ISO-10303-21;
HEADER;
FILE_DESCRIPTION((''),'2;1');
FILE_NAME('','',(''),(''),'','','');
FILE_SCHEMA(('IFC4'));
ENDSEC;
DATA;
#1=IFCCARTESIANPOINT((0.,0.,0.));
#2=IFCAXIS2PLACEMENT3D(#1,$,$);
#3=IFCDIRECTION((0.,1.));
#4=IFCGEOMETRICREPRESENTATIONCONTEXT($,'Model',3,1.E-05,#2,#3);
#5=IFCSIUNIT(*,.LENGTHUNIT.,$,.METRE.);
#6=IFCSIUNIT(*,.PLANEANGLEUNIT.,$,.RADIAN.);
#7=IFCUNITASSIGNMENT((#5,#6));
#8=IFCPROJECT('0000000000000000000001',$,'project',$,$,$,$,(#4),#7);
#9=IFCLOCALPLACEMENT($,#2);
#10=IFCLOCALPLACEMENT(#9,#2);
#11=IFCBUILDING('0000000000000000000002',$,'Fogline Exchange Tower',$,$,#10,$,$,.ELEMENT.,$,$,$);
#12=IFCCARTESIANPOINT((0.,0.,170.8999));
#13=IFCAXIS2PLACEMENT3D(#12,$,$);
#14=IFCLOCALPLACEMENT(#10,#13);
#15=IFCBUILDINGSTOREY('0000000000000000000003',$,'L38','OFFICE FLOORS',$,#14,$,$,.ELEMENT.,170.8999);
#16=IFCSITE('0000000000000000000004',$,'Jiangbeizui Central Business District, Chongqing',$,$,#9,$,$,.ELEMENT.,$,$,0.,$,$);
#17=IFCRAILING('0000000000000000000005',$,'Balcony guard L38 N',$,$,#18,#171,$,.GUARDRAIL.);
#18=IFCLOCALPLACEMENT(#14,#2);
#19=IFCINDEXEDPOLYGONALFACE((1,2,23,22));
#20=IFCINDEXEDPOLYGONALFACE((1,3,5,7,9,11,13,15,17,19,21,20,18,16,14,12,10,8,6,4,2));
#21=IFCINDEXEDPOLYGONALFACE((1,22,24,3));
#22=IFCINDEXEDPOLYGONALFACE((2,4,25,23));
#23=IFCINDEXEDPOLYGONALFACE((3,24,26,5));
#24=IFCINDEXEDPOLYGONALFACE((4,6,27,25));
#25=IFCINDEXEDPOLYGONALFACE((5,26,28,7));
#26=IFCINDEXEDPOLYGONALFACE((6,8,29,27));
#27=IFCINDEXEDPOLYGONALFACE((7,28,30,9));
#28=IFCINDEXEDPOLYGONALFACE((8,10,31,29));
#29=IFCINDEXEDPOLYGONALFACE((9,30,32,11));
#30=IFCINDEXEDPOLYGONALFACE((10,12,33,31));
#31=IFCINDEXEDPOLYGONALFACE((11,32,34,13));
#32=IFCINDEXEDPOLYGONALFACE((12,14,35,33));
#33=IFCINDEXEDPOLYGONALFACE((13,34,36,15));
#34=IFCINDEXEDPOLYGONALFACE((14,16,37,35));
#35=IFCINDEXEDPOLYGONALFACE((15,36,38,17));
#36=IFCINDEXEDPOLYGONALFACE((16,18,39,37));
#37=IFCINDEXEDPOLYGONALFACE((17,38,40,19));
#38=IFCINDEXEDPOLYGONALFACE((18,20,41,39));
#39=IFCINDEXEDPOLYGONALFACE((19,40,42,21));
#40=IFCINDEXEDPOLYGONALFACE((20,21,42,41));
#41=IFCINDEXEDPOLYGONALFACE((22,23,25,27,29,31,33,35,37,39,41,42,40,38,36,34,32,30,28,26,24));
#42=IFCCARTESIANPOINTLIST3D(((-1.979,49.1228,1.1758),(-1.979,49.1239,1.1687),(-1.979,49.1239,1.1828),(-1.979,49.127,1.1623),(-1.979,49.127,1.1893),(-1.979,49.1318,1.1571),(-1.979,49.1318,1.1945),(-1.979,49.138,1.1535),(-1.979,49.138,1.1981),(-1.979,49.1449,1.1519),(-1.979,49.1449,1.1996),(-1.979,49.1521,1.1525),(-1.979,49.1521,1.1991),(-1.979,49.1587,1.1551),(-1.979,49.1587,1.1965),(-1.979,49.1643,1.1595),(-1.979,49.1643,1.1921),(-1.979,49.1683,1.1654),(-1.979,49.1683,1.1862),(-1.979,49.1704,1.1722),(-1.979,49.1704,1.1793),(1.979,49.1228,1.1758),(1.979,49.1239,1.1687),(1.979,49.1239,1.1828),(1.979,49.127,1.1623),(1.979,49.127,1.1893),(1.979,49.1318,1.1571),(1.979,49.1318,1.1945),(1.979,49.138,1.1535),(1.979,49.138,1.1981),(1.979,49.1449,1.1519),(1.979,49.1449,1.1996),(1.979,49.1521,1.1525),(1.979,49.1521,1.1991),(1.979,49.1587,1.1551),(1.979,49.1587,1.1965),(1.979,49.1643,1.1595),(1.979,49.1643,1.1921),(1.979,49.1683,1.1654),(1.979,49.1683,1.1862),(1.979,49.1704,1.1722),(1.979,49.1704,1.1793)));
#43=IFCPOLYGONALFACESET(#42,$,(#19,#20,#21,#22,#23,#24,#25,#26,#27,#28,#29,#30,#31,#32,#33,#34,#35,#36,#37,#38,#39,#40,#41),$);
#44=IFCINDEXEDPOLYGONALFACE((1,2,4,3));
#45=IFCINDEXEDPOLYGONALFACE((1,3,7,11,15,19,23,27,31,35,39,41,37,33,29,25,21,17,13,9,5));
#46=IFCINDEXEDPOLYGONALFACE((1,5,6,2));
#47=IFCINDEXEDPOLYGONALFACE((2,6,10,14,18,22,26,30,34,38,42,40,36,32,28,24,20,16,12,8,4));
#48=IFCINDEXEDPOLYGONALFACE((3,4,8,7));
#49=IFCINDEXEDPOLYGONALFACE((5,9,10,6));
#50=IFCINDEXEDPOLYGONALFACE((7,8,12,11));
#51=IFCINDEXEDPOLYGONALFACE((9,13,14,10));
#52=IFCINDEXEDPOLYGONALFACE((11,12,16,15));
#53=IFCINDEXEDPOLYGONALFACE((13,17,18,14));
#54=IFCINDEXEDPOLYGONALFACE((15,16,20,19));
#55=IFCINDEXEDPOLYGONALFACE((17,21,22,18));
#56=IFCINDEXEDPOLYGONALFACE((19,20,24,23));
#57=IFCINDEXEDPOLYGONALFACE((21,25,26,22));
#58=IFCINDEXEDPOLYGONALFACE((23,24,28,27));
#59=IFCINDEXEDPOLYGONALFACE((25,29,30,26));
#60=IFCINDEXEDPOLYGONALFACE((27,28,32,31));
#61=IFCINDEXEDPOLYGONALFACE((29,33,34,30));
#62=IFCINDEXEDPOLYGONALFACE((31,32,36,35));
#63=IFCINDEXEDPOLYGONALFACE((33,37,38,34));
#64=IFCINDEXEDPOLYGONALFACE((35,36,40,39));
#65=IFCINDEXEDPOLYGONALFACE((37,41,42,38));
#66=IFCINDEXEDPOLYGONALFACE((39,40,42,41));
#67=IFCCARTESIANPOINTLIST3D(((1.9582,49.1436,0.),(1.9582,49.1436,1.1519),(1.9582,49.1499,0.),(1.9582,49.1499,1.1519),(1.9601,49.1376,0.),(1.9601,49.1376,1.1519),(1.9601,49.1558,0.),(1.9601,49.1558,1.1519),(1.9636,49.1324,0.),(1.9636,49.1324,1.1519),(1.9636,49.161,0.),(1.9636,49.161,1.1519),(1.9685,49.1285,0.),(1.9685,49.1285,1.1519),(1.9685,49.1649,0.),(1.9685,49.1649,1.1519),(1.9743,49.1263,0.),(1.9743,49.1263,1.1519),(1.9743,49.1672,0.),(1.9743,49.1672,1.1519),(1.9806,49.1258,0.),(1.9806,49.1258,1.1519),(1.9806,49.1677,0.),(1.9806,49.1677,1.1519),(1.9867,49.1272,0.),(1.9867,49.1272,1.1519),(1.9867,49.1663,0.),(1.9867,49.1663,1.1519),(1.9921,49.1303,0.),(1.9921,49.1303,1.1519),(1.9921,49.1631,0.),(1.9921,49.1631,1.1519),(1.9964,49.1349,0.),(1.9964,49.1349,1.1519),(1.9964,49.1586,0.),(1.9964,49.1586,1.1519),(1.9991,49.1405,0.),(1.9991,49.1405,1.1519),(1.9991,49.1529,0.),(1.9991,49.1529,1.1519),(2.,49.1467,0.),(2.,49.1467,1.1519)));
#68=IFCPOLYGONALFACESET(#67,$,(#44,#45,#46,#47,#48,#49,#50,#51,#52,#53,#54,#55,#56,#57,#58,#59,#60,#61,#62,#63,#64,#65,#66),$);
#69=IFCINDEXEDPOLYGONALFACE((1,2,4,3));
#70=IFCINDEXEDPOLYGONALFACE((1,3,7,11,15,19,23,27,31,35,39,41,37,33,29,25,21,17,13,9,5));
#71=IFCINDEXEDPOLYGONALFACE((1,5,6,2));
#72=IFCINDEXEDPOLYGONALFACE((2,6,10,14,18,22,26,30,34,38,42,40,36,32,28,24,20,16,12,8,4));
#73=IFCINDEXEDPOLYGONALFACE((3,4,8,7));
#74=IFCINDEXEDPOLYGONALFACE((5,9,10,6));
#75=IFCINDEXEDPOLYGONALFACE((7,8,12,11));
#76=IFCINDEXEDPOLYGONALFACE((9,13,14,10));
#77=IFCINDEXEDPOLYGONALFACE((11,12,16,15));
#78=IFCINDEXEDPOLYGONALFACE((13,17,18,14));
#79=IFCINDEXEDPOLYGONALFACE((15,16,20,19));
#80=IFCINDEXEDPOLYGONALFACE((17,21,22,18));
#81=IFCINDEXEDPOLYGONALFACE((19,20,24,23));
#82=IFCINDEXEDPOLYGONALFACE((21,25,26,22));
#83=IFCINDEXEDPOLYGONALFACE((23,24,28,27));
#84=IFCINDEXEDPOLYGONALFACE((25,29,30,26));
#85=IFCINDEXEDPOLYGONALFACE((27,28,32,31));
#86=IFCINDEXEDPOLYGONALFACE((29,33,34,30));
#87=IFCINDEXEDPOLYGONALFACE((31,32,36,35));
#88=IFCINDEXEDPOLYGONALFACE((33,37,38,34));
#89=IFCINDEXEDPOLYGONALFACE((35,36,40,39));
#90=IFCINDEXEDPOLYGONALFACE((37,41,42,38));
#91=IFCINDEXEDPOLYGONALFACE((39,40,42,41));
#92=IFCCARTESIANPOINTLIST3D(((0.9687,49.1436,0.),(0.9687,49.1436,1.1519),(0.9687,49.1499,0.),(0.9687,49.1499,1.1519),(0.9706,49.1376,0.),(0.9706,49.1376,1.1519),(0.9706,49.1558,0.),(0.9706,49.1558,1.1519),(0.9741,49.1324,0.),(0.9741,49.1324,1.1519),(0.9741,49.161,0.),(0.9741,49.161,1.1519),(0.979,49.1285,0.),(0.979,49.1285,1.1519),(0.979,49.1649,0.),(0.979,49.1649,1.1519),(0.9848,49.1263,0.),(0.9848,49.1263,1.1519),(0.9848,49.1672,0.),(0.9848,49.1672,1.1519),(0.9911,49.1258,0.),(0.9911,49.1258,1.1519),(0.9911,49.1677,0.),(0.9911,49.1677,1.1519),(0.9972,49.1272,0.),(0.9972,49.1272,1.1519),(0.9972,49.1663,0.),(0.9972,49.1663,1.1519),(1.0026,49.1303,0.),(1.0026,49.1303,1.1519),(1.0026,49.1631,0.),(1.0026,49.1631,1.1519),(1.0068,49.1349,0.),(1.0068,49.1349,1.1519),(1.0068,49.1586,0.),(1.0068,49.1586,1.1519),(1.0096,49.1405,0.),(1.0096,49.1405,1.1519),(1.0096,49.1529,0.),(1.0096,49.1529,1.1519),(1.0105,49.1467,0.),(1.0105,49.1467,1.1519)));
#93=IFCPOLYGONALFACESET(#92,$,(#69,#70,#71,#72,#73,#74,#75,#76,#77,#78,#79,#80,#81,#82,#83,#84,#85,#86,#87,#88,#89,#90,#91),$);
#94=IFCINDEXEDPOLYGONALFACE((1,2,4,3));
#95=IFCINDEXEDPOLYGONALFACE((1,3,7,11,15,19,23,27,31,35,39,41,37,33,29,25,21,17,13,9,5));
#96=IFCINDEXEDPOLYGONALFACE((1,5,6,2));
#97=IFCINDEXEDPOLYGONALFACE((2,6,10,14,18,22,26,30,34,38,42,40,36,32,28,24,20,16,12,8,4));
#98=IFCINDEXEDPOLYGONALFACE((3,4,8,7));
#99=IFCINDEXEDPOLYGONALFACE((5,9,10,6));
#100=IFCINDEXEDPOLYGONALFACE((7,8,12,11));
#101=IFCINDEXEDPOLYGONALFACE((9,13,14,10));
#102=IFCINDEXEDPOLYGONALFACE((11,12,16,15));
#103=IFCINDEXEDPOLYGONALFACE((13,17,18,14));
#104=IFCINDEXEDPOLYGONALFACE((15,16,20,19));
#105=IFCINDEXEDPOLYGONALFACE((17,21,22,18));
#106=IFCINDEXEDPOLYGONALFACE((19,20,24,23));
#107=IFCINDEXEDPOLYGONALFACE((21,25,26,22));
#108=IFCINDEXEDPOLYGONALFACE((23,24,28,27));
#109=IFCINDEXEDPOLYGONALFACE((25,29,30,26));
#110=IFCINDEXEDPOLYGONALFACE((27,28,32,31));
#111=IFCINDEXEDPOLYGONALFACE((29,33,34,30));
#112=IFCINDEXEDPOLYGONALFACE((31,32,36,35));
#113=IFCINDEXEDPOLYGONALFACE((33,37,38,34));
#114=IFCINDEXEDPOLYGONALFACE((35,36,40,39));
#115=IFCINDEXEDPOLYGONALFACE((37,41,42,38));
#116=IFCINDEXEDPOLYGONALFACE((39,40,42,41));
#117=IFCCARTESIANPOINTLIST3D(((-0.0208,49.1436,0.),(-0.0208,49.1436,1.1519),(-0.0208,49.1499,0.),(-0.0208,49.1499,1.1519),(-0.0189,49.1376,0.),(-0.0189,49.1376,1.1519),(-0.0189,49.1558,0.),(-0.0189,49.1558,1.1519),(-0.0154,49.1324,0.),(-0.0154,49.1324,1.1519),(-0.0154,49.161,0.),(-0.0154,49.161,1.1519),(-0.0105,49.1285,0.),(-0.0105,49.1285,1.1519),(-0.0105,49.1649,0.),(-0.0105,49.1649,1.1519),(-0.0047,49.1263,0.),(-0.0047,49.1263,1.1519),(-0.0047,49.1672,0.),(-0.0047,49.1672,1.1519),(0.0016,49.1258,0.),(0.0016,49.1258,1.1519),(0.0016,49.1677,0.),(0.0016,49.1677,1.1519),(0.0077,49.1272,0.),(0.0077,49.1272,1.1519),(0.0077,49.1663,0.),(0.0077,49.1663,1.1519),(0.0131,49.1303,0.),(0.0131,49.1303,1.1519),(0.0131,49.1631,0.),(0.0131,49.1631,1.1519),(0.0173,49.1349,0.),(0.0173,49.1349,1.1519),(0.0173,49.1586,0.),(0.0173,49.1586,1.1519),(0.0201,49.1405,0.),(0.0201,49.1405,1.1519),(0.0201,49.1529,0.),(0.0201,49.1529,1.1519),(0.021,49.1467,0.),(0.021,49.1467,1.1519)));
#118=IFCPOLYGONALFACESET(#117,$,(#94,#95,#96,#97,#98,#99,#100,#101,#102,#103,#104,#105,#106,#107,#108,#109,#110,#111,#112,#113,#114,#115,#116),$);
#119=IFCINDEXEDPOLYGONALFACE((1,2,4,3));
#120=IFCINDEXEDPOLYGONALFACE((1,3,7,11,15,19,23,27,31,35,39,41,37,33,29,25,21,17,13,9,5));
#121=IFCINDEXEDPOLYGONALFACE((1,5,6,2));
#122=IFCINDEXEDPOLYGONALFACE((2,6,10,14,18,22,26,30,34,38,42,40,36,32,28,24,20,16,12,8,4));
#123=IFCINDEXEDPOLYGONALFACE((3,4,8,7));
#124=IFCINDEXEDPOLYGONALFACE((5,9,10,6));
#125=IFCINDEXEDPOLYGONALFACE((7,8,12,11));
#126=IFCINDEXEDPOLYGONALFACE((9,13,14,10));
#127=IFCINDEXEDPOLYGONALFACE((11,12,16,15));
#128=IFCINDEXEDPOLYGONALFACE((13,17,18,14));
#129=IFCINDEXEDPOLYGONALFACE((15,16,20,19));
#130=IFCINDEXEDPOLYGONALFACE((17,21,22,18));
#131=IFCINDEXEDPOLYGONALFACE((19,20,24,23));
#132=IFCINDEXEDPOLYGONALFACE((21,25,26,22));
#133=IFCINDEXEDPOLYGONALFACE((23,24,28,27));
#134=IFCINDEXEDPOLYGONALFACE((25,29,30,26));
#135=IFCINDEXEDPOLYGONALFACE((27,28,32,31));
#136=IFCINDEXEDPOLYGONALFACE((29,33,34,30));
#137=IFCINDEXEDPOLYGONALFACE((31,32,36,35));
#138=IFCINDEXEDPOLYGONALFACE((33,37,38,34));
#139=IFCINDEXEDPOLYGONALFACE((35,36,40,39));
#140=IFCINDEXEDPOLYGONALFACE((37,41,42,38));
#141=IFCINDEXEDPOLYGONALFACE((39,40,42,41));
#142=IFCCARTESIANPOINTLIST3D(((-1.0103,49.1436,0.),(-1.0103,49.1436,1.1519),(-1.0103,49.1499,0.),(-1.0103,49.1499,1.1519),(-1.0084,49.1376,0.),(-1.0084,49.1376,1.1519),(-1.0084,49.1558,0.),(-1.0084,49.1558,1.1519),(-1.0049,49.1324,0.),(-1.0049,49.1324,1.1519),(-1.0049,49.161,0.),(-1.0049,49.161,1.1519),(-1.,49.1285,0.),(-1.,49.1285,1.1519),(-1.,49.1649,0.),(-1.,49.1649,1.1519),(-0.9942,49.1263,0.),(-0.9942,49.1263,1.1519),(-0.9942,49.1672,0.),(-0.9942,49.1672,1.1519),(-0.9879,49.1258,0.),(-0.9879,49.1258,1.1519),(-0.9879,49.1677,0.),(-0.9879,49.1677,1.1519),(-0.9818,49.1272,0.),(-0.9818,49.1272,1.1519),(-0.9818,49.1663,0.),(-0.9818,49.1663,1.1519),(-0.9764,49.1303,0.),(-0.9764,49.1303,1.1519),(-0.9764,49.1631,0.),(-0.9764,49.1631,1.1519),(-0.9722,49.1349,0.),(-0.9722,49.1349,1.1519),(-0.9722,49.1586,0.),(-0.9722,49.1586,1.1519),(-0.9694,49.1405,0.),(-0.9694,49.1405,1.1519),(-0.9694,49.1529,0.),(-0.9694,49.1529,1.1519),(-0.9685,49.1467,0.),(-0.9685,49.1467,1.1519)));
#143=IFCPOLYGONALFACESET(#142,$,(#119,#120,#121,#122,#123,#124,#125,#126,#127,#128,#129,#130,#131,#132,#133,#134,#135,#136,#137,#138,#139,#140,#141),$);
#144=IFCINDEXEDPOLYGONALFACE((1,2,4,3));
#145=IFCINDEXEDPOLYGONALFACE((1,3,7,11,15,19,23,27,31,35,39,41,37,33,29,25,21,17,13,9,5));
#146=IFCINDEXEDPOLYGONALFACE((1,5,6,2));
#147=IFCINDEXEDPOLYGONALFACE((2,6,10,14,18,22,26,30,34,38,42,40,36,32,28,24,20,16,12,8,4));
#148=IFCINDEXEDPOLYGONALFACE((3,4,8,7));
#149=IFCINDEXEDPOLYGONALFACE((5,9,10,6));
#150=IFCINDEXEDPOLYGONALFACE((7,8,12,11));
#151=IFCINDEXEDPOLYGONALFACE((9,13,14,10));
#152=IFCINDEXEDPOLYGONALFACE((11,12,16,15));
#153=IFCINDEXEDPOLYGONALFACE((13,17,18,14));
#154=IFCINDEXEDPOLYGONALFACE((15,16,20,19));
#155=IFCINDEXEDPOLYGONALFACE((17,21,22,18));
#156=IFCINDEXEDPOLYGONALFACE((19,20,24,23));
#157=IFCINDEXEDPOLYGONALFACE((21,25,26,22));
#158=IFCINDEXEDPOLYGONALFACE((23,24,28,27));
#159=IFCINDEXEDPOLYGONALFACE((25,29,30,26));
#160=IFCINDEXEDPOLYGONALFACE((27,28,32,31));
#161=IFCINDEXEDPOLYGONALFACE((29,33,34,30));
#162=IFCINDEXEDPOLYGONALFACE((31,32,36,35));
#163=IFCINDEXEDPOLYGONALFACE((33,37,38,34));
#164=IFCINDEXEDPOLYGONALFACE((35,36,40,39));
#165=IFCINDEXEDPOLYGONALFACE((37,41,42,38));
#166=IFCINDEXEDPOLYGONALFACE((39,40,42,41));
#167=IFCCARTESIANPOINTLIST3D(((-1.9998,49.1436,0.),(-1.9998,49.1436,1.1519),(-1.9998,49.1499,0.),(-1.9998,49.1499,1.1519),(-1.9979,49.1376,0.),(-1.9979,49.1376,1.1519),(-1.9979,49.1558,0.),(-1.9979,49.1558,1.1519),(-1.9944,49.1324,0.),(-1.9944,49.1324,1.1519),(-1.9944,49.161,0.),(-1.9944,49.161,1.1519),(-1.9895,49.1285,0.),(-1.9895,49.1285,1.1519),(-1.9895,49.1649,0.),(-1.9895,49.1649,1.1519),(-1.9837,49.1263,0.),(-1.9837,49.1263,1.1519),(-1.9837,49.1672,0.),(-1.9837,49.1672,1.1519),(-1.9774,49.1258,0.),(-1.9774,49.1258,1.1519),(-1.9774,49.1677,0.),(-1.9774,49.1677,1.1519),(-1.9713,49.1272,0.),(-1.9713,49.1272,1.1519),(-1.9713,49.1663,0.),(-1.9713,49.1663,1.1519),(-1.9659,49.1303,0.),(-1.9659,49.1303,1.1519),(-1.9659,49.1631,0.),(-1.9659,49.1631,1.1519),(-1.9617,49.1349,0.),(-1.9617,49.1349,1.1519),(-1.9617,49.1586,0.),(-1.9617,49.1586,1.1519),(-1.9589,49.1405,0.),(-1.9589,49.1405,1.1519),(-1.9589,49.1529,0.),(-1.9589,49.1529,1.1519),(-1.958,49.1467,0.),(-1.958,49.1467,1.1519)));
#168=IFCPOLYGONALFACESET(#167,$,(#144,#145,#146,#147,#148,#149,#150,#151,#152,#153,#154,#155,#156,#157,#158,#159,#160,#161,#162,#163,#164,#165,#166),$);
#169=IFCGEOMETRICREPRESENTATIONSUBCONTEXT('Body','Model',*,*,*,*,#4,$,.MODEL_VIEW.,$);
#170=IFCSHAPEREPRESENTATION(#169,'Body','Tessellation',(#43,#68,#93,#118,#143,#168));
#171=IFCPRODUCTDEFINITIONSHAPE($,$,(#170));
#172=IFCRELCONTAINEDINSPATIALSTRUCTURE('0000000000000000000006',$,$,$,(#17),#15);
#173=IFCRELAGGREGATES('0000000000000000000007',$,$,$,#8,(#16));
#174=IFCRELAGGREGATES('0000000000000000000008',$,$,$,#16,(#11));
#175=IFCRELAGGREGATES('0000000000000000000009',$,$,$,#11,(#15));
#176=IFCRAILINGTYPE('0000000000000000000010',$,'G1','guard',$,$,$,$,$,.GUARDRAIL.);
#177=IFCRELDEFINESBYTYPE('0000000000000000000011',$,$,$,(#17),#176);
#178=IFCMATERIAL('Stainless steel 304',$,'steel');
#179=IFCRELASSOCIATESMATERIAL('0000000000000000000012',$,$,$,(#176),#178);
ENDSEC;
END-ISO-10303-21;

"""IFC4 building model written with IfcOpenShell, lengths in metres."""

from ifc_helpers import new_model, si_unit, direction, frame, origin, origin_2d, place, context, subcontext, project, spatial, circle, extrude, material, type_object, element, save


model = new_model("IFC4")

# Units and contexts
model_context = context("Model", 3, precision=1e-05, world=origin(), true_north=direction((0.0, 1.0)))
body_context = subcontext(model_context, "Body", "Model", "MODEL_VIEW")
ifc_project = project(units=[si_unit("LENGTHUNIT", "METRE"), si_unit("PLANEANGLEUNIT", "RADIAN")], contexts=[model_context])

# Site, building, storey
site_placement = place(None, origin())
site = spatial("IfcSite", under=ifc_project, at=site_placement, Name="Jiangbeizui Central Business District, Chongqing", CompositionType="ELEMENT", RefElevation=0.0)
building_placement = place(site_placement, origin())
building = spatial("IfcBuilding", under=site, at=building_placement, Name="Fogline Exchange Tower", CompositionType="ELEMENT")
storey_placement = place(building_placement, frame((0.0, 0.0, 170.8999)))
storey = spatial("IfcBuildingStorey", under=building, at=storey_placement, Name="L38", Description="OFFICE FLOORS", CompositionType="ELEMENT", Elevation=170.8999)

# Railing
ifc_material_1 = material(Name="Stainless steel 304", Category="steel")
railing_type = type_object("IfcRailingType", Name="G1", Description="guard", PredefinedType="GUARDRAIL", material=ifc_material_1)
railing_placement = place(storey_placement, frame((1.979, 49.1467, 0.0)))
element("IfcRailing", 1, at=railing_placement, inside=storey, type_object=railing_type, Name="Balcony guard L38 N", PredefinedType="GUARDRAIL", context=body_context, shape_type="SweptSolid", body=[
    extrude(circle(Radius=0.0239, at=origin_2d()), frame((0.0, 0.0, 1.1758), z_axis=(-1.0, 0.0, 0.0), x_axis=(0.0, -1.0, 0.0)), (0.0, 0.0, 1.0), 3.958),
    extrude(circle(Radius=0.021, at=origin_2d()), origin(), (0.0, 0.0, 1.0), 1.1519),
    extrude(circle(Radius=0.021, at=origin_2d()), frame((-0.9895, 0.0, 0.0)), (0.0, 0.0, 1.0), 1.1519),
    extrude(circle(Radius=0.021, at=origin_2d()), frame((-1.979, 0.0, 0.0)), (0.0, 0.0, 1.0), 1.1519),
    extrude(circle(Radius=0.021, at=origin_2d()), frame((-2.9685, 0.0, 0.0)), (0.0, 0.0, 1.0), 1.1519),
    extrude(circle(Radius=0.021, at=origin_2d()), frame((-3.958, 0.0, 0.0)), (0.0, 0.0, 1.0), 1.1519),
])

save(model, "model.ifc")
